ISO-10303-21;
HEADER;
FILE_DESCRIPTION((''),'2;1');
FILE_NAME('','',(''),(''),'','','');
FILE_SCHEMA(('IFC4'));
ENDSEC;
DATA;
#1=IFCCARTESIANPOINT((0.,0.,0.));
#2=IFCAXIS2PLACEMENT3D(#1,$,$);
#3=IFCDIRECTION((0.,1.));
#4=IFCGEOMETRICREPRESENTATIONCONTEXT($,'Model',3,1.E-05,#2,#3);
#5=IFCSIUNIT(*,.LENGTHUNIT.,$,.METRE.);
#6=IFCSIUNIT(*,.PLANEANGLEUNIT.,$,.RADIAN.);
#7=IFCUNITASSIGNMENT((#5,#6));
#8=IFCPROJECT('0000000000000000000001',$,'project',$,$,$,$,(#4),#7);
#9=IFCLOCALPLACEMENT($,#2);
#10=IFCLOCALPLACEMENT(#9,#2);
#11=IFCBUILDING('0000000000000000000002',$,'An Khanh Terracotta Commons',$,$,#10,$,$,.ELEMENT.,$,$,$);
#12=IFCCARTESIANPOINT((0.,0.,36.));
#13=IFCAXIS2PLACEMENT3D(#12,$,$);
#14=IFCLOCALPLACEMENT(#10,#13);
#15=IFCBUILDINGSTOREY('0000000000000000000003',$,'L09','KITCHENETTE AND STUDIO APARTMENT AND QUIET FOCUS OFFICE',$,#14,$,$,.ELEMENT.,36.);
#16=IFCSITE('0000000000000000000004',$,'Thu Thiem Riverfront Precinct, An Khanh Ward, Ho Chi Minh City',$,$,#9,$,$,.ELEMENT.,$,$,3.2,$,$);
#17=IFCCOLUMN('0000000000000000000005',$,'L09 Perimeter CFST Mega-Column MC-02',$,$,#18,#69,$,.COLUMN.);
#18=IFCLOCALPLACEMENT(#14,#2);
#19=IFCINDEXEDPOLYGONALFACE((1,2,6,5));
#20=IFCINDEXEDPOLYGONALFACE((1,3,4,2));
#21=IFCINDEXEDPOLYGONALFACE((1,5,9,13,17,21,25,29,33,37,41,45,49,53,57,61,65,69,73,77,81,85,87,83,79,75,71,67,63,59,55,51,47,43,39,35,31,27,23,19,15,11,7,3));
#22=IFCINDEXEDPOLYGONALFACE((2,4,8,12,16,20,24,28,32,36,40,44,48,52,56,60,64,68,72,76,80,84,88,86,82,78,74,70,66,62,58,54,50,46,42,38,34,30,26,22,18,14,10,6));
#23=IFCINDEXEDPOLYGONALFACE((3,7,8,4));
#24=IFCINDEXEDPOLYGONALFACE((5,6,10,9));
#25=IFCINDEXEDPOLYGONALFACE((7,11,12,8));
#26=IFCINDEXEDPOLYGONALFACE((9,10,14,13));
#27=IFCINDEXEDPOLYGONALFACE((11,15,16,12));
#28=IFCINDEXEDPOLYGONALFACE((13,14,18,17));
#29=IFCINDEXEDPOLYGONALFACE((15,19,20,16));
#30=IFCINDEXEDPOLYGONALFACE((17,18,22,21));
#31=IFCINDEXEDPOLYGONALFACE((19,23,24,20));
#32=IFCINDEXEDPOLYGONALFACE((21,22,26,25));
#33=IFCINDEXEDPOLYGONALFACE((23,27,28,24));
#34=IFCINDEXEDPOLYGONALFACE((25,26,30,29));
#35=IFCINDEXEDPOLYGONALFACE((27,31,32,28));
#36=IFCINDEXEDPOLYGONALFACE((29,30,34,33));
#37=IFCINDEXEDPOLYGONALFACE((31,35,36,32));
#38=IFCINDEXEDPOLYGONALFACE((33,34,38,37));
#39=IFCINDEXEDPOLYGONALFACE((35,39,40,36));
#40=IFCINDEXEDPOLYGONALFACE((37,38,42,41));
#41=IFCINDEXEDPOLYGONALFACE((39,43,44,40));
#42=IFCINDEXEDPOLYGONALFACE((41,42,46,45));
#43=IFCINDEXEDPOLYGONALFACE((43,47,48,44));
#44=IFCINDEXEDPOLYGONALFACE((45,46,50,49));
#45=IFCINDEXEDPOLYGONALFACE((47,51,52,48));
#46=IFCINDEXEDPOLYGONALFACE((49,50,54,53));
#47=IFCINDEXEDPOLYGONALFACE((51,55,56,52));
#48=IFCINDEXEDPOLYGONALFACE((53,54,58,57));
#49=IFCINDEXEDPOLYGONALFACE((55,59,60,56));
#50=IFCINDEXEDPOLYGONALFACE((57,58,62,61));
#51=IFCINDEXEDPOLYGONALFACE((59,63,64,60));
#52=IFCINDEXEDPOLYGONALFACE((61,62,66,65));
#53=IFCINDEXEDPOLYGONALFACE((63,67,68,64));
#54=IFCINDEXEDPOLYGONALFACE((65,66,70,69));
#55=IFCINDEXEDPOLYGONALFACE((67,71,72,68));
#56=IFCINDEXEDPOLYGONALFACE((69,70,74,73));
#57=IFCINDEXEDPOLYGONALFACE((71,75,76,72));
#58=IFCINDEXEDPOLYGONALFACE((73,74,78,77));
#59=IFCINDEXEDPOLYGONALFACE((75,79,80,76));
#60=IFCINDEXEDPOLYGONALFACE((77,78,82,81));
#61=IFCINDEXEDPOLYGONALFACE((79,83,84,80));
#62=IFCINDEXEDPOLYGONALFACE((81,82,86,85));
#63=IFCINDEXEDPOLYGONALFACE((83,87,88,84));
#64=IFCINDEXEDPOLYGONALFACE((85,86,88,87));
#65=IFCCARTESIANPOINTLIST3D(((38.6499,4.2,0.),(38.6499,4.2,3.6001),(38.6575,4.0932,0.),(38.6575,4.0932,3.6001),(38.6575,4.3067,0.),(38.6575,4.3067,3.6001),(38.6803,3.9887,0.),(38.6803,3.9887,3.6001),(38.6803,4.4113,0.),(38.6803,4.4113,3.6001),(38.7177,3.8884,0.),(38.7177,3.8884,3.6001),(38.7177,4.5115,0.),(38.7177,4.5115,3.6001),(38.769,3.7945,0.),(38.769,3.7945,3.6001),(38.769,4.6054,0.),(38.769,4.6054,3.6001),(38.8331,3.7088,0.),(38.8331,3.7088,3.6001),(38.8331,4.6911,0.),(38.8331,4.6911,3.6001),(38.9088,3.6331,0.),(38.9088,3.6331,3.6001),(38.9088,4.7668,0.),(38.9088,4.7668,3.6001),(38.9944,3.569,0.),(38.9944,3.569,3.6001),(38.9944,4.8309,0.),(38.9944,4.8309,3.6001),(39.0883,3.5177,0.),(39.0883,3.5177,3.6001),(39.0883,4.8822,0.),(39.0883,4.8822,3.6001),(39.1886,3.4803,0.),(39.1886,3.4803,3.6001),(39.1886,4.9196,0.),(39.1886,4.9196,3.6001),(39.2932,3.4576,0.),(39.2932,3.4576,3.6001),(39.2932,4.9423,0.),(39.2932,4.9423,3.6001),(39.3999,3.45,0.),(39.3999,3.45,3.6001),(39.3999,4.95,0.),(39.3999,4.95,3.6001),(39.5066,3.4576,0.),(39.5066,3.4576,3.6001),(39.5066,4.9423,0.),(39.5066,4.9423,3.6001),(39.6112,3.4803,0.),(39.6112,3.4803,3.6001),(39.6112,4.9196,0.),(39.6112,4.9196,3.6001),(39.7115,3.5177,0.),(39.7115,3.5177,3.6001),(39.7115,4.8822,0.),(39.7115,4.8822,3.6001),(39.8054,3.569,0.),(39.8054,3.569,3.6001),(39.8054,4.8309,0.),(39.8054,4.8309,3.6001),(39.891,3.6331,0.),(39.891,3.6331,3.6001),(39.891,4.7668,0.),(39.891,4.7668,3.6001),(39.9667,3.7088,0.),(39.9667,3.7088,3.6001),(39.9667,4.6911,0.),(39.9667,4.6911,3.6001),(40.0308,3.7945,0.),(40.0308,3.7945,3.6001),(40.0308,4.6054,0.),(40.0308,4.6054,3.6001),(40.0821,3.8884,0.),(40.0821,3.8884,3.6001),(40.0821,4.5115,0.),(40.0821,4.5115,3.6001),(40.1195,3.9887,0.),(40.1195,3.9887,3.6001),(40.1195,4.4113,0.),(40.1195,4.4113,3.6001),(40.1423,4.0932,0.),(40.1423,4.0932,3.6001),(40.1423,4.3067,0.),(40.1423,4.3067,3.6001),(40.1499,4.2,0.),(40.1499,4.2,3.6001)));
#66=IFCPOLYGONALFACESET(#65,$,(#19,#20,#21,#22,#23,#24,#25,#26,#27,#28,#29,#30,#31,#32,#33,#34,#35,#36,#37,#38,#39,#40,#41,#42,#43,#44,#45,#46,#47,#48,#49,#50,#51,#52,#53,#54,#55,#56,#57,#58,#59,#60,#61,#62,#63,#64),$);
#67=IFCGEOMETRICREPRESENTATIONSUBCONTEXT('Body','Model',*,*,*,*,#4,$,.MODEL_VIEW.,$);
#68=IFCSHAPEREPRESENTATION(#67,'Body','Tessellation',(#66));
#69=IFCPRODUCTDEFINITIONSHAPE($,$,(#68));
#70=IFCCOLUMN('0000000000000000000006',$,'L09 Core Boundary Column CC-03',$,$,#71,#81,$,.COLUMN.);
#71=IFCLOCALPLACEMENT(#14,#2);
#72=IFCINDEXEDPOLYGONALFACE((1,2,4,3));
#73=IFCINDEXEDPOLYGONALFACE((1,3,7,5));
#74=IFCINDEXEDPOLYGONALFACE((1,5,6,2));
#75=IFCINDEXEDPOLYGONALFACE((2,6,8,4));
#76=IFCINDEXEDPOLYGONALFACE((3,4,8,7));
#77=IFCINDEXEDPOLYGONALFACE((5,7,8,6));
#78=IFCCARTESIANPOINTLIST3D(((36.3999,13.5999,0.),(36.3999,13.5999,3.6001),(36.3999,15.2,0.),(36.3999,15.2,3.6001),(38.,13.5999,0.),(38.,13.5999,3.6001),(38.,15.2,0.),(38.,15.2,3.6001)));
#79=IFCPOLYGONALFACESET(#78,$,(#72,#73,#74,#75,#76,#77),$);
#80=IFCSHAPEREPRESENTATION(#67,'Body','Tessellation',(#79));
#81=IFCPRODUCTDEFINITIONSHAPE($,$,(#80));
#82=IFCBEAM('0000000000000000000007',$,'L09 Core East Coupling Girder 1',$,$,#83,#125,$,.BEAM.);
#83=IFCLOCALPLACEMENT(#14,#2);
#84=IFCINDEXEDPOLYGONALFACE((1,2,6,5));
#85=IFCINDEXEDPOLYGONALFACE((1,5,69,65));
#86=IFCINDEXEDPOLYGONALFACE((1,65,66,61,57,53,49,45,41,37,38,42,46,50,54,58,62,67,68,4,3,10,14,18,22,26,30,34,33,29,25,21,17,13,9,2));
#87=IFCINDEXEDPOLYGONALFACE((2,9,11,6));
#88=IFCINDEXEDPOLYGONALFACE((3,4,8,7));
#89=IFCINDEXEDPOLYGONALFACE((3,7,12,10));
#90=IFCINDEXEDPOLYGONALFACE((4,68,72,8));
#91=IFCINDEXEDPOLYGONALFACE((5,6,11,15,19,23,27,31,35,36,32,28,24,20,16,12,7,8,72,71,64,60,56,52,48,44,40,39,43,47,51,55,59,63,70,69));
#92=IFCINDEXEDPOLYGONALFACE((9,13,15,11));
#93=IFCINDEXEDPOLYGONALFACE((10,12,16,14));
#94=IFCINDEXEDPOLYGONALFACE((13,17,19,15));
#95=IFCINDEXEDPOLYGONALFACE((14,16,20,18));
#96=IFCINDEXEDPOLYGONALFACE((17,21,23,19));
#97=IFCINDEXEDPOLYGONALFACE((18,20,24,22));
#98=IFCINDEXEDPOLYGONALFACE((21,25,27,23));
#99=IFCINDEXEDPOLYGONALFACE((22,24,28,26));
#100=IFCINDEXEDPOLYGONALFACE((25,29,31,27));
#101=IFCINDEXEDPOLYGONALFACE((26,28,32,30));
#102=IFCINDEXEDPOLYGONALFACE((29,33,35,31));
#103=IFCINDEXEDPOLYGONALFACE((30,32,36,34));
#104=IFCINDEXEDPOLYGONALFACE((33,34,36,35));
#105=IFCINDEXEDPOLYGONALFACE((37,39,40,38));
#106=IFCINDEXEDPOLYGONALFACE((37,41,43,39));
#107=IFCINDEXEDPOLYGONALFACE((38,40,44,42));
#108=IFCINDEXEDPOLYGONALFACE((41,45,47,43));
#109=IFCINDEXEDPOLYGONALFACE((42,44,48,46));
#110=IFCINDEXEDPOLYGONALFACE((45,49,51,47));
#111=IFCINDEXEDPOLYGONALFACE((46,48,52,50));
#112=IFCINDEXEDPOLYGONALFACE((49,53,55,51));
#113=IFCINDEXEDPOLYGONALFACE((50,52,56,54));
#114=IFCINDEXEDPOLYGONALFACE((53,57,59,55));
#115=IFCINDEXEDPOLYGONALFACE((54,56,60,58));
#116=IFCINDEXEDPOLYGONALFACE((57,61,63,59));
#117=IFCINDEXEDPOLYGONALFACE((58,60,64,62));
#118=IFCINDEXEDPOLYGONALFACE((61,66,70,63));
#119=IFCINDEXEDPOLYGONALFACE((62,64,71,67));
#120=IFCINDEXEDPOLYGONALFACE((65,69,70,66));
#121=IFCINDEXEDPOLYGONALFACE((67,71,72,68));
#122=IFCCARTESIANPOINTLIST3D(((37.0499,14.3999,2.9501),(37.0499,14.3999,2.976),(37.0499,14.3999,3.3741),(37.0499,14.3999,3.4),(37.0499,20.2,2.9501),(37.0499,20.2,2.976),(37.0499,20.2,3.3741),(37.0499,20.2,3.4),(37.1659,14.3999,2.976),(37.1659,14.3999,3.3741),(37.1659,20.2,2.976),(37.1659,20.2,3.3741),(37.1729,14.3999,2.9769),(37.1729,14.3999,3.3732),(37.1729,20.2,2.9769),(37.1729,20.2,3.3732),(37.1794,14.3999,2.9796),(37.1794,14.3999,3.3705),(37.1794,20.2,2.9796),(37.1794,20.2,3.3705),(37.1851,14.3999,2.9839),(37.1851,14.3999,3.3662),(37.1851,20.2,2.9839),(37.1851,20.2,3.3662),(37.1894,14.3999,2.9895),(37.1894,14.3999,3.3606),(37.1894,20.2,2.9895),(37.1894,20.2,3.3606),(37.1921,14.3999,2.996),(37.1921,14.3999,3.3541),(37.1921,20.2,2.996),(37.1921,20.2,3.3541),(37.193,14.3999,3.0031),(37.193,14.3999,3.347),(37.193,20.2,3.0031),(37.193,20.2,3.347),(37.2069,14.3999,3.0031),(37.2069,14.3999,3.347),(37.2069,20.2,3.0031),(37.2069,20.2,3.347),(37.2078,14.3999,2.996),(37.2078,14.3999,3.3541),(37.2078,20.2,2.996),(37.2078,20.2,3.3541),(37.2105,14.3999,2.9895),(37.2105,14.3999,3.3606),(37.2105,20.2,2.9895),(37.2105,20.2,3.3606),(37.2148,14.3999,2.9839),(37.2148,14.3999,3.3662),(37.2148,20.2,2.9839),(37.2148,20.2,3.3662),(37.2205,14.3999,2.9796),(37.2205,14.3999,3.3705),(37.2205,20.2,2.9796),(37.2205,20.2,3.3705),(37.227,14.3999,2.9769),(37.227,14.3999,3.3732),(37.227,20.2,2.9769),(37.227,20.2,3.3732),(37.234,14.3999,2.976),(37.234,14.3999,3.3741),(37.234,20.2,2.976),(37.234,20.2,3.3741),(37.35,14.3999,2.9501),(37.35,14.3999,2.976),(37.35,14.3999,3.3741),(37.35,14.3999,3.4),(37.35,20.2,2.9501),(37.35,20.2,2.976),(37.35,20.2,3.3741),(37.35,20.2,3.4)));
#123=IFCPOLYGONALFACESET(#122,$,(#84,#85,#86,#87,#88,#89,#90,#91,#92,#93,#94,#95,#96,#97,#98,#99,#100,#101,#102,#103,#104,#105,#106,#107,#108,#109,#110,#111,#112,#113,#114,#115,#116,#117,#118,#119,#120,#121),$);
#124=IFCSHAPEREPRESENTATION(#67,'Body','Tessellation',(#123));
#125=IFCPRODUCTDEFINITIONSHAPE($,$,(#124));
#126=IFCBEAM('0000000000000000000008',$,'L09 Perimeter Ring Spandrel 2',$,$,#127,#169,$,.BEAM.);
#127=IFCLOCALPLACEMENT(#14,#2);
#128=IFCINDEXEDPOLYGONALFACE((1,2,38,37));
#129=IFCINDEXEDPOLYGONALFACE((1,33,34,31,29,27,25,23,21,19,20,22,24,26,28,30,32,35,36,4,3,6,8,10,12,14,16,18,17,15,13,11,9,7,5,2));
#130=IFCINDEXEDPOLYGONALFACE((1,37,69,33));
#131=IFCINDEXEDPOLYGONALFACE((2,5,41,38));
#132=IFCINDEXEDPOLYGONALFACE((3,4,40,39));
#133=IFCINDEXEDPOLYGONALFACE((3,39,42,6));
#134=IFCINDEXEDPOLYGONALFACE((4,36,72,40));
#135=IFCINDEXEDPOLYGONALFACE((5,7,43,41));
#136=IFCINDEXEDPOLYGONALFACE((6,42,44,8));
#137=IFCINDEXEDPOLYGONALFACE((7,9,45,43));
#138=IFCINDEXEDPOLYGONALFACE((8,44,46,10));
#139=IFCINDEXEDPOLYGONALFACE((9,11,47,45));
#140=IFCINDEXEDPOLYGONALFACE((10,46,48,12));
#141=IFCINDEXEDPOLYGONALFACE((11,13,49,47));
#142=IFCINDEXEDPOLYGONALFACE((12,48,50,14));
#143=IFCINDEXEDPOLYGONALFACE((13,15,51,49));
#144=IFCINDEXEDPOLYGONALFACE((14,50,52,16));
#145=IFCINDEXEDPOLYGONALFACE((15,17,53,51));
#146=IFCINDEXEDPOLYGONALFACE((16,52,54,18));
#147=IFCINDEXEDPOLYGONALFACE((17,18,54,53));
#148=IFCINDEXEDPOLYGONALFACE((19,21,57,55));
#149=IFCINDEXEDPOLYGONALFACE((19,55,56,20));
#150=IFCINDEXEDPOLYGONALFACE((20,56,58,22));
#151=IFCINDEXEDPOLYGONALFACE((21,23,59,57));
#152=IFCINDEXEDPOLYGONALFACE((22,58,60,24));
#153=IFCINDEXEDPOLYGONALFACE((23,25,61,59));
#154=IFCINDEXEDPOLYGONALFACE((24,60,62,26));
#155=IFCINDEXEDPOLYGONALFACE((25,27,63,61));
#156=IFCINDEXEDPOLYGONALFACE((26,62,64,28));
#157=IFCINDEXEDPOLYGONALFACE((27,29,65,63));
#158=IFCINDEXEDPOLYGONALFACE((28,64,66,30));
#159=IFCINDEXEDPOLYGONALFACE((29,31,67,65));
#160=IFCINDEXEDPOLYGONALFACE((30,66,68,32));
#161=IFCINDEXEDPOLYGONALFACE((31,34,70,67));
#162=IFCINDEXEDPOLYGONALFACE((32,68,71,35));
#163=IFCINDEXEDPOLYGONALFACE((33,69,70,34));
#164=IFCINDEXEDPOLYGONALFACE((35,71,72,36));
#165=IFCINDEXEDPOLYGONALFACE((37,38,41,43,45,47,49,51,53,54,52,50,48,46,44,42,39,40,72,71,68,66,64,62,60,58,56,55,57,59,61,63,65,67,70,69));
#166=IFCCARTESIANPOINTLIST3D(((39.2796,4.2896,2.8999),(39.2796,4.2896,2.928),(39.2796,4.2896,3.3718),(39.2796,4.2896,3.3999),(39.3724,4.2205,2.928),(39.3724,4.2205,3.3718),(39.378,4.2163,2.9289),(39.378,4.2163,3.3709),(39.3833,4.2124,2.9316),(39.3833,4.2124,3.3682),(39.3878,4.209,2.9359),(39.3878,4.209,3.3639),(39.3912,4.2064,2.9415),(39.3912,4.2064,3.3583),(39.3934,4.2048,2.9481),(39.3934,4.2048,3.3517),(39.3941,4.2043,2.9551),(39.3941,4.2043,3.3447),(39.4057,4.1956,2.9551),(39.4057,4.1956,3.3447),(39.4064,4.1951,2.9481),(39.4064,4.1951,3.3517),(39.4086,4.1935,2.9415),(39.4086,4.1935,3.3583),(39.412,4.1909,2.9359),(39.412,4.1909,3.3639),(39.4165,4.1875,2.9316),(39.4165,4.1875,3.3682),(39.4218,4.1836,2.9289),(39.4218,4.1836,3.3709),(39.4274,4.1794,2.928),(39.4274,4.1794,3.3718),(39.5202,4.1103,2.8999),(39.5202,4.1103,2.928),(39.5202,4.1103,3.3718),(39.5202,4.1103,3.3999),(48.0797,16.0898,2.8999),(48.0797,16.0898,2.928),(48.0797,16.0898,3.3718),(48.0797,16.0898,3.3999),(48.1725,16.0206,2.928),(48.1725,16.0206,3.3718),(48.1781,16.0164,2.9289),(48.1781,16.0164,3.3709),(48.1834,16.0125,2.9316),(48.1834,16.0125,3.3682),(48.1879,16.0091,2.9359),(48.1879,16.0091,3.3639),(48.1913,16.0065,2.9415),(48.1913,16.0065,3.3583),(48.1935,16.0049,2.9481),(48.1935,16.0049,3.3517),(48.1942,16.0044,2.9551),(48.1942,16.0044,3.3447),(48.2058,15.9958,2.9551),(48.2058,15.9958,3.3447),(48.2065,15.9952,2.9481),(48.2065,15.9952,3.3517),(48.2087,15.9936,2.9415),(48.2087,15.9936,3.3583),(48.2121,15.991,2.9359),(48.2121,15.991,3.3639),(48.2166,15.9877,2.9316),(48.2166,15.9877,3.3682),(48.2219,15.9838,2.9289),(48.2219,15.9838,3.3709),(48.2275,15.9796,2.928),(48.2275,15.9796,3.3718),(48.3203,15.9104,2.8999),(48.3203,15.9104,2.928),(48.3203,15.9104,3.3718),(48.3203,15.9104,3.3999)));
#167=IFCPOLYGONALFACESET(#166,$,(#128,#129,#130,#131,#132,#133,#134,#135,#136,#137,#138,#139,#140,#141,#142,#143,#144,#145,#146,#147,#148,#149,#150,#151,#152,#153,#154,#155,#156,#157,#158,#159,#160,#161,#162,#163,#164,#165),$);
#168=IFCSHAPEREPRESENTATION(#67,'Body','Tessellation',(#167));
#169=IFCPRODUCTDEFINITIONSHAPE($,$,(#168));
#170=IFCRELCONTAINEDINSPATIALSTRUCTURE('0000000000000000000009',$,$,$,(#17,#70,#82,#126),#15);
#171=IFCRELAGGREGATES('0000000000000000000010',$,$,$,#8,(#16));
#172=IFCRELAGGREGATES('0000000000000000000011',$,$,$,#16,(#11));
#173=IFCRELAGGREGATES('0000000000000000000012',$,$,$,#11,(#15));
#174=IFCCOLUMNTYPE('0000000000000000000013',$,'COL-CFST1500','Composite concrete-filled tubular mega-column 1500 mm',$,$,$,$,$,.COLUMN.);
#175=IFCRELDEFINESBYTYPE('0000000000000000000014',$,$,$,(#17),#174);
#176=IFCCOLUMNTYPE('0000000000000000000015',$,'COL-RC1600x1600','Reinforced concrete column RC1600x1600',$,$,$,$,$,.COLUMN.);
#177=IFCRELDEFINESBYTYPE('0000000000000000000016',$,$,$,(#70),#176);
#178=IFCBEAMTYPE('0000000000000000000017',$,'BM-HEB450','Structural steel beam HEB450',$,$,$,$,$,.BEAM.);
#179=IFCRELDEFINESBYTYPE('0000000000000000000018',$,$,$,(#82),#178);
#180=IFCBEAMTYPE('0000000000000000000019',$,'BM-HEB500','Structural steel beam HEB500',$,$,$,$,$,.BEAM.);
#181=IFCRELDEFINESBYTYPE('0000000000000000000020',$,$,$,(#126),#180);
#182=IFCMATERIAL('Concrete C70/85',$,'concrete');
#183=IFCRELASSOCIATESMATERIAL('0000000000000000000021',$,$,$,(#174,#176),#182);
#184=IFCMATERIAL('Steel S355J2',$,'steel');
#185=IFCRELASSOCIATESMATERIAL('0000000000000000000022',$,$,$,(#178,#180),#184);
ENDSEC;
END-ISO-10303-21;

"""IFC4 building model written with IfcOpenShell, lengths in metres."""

from ifc_helpers import new_model, si_unit, direction, frame, origin, origin_2d, place, context, subcontext, project, spatial, rectangle, circle, i_section, extrude, material, material_profile, profile_set, type_object, element, save


model = new_model("IFC4")

# Units and contexts
model_context = context("Model", 3, precision=1e-05, world=origin(), true_north=direction((0.0, 1.0)))
body_context = subcontext(model_context, "Body", "Model", "MODEL_VIEW")
ifc_project = project(units=[si_unit("LENGTHUNIT", "METRE"), si_unit("PLANEANGLEUNIT", "RADIAN")], contexts=[model_context])

# Site, building, storey
site_placement = place(None, origin())
site = spatial("IfcSite", under=ifc_project, at=site_placement, Name="Thu Thiem Riverfront Precinct, An Khanh Ward, Ho Chi Minh City", CompositionType="ELEMENT", RefElevation=3.2)
building_placement = place(site_placement, origin())
building = spatial("IfcBuilding", under=site, at=building_placement, Name="An Khanh Terracotta Commons", CompositionType="ELEMENT")
storey_placement = place(building_placement, frame((0.0, 0.0, 36.0)))
storey = spatial("IfcBuildingStorey", under=building, at=storey_placement, Name="L09", Description="KITCHENETTE AND STUDIO APARTMENT AND QUIET FOCUS OFFICE", CompositionType="ELEMENT", Elevation=36.0)

# Columns
ifc_material_1 = material(Name="Concrete C70/85", Category="concrete")
ifc_material_profile_1 = material_profile(ifc_material_1, circle(Radius=0.75, at=origin_2d()), Name="CFST1500")
ifc_profile_set_1 = profile_set([ifc_material_profile_1], Name="Concrete C70/85")
column_type_1 = type_object("IfcColumnType", Name="COL-CFST1500", Description="Composite concrete-filled tubular mega-column 1500 mm", PredefinedType="COLUMN", material=ifc_profile_set_1)
column_1_placement = place(storey_placement, frame((39.3999, 4.2, 0.0), z_axis=(0.0, 0.0, 1.0), x_axis=(1.0, 0.0, 0.0)))
element("IfcColumn", 1, at=column_1_placement, inside=storey, type_object=column_type_1, Name="L09 Perimeter CFST Mega-Column MC-02", PredefinedType="COLUMN", context=body_context, shape_type="SweptSolid", body=[
    extrude(circle(Radius=0.75, at=origin_2d()), origin(), (0.0, 0.0, 1.0), 3.6001),
])
ifc_material_profile_2 = material_profile(ifc_material_1, rectangle(XDim=1.6001, YDim=1.6001, at=origin_2d()), Name="RC1600x1600")
ifc_profile_set_2 = profile_set([ifc_material_profile_2], Name="Concrete C70/85")
column_type_2 = type_object("IfcColumnType", Name="COL-RC1600x1600", Description="Reinforced concrete column RC1600x1600", PredefinedType="COLUMN", material=ifc_profile_set_2)
column_2_placement = place(storey_placement, frame((37.2, 14.3999, 0.0), z_axis=(0.0, 0.0, 1.0), x_axis=(1.0, 0.0, 0.0)))
element("IfcColumn", 2, at=column_2_placement, inside=storey, type_object=column_type_2, Name="L09 Core Boundary Column CC-03", PredefinedType="COLUMN", context=body_context, shape_type="SweptSolid", body=[
    extrude(rectangle(XDim=1.6001, YDim=1.6001, at=origin_2d()), origin(), (0.0, 0.0, 1.0), 3.6001),
])

# Beams
ifc_material_2 = material(Name="Steel S355J2", Category="steel")
ifc_material_profile_3 = material_profile(ifc_material_2, i_section(OverallWidth=0.3, OverallDepth=0.45, WebThickness=0.0139, FlangeThickness=0.0259, FilletRadius=0.0271, at=origin_2d()), Name="HEB450")
ifc_profile_set_3 = profile_set([ifc_material_profile_3], Name="Steel S355J2")
beam_type_1 = type_object("IfcBeamType", Name="BM-HEB450", Description="Structural steel beam HEB450", PredefinedType="BEAM", material=ifc_profile_set_3)
beam_1_placement = place(storey_placement, frame((37.2, 14.3999, 3.175), z_axis=(0.0, 1.0, 0.0), x_axis=(-1.0, 0.0, 0.0)))
element("IfcBeam", 3, at=beam_1_placement, inside=storey, type_object=beam_type_1, Name="L09 Core East Coupling Girder 1", PredefinedType="BEAM", context=body_context, shape_type="SweptSolid", body=[
    extrude(i_section(OverallWidth=0.3, OverallDepth=0.45, WebThickness=0.0139, FlangeThickness=0.0259, FilletRadius=0.0271, at=origin_2d()), origin(), (0.0, 0.0, 1.0), 5.8),
])
ifc_material_profile_4 = material_profile(ifc_material_2, i_section(OverallWidth=0.3, OverallDepth=0.5, WebThickness=0.0144, FlangeThickness=0.0281, FilletRadius=0.0271, at=origin_2d()), Name="HEB500")
ifc_profile_set_4 = profile_set([ifc_material_profile_4], Name="Steel S355J2")
beam_type_2 = type_object("IfcBeamType", Name="BM-HEB500", Description="Structural steel beam HEB500", PredefinedType="BEAM", material=ifc_profile_set_4)
beam_2_placement = place(storey_placement, frame((39.3999, 4.2, 3.1499), z_axis=(0.597824, 0.801627, 0.0), x_axis=(-0.801627, 0.597824, 0.0)))
element("IfcBeam", 4, at=beam_2_placement, inside=storey, type_object=beam_type_2, Name="L09 Perimeter Ring Spandrel 2", PredefinedType="BEAM", context=body_context, shape_type="SweptSolid", body=[
    extrude(i_section(OverallWidth=0.3, OverallDepth=0.5, WebThickness=0.0144, FlangeThickness=0.0281, FilletRadius=0.0271, at=origin_2d()), origin(), (0.0, 0.0, 1.0), 14.7202),
])

save(model, "model.ifc")
